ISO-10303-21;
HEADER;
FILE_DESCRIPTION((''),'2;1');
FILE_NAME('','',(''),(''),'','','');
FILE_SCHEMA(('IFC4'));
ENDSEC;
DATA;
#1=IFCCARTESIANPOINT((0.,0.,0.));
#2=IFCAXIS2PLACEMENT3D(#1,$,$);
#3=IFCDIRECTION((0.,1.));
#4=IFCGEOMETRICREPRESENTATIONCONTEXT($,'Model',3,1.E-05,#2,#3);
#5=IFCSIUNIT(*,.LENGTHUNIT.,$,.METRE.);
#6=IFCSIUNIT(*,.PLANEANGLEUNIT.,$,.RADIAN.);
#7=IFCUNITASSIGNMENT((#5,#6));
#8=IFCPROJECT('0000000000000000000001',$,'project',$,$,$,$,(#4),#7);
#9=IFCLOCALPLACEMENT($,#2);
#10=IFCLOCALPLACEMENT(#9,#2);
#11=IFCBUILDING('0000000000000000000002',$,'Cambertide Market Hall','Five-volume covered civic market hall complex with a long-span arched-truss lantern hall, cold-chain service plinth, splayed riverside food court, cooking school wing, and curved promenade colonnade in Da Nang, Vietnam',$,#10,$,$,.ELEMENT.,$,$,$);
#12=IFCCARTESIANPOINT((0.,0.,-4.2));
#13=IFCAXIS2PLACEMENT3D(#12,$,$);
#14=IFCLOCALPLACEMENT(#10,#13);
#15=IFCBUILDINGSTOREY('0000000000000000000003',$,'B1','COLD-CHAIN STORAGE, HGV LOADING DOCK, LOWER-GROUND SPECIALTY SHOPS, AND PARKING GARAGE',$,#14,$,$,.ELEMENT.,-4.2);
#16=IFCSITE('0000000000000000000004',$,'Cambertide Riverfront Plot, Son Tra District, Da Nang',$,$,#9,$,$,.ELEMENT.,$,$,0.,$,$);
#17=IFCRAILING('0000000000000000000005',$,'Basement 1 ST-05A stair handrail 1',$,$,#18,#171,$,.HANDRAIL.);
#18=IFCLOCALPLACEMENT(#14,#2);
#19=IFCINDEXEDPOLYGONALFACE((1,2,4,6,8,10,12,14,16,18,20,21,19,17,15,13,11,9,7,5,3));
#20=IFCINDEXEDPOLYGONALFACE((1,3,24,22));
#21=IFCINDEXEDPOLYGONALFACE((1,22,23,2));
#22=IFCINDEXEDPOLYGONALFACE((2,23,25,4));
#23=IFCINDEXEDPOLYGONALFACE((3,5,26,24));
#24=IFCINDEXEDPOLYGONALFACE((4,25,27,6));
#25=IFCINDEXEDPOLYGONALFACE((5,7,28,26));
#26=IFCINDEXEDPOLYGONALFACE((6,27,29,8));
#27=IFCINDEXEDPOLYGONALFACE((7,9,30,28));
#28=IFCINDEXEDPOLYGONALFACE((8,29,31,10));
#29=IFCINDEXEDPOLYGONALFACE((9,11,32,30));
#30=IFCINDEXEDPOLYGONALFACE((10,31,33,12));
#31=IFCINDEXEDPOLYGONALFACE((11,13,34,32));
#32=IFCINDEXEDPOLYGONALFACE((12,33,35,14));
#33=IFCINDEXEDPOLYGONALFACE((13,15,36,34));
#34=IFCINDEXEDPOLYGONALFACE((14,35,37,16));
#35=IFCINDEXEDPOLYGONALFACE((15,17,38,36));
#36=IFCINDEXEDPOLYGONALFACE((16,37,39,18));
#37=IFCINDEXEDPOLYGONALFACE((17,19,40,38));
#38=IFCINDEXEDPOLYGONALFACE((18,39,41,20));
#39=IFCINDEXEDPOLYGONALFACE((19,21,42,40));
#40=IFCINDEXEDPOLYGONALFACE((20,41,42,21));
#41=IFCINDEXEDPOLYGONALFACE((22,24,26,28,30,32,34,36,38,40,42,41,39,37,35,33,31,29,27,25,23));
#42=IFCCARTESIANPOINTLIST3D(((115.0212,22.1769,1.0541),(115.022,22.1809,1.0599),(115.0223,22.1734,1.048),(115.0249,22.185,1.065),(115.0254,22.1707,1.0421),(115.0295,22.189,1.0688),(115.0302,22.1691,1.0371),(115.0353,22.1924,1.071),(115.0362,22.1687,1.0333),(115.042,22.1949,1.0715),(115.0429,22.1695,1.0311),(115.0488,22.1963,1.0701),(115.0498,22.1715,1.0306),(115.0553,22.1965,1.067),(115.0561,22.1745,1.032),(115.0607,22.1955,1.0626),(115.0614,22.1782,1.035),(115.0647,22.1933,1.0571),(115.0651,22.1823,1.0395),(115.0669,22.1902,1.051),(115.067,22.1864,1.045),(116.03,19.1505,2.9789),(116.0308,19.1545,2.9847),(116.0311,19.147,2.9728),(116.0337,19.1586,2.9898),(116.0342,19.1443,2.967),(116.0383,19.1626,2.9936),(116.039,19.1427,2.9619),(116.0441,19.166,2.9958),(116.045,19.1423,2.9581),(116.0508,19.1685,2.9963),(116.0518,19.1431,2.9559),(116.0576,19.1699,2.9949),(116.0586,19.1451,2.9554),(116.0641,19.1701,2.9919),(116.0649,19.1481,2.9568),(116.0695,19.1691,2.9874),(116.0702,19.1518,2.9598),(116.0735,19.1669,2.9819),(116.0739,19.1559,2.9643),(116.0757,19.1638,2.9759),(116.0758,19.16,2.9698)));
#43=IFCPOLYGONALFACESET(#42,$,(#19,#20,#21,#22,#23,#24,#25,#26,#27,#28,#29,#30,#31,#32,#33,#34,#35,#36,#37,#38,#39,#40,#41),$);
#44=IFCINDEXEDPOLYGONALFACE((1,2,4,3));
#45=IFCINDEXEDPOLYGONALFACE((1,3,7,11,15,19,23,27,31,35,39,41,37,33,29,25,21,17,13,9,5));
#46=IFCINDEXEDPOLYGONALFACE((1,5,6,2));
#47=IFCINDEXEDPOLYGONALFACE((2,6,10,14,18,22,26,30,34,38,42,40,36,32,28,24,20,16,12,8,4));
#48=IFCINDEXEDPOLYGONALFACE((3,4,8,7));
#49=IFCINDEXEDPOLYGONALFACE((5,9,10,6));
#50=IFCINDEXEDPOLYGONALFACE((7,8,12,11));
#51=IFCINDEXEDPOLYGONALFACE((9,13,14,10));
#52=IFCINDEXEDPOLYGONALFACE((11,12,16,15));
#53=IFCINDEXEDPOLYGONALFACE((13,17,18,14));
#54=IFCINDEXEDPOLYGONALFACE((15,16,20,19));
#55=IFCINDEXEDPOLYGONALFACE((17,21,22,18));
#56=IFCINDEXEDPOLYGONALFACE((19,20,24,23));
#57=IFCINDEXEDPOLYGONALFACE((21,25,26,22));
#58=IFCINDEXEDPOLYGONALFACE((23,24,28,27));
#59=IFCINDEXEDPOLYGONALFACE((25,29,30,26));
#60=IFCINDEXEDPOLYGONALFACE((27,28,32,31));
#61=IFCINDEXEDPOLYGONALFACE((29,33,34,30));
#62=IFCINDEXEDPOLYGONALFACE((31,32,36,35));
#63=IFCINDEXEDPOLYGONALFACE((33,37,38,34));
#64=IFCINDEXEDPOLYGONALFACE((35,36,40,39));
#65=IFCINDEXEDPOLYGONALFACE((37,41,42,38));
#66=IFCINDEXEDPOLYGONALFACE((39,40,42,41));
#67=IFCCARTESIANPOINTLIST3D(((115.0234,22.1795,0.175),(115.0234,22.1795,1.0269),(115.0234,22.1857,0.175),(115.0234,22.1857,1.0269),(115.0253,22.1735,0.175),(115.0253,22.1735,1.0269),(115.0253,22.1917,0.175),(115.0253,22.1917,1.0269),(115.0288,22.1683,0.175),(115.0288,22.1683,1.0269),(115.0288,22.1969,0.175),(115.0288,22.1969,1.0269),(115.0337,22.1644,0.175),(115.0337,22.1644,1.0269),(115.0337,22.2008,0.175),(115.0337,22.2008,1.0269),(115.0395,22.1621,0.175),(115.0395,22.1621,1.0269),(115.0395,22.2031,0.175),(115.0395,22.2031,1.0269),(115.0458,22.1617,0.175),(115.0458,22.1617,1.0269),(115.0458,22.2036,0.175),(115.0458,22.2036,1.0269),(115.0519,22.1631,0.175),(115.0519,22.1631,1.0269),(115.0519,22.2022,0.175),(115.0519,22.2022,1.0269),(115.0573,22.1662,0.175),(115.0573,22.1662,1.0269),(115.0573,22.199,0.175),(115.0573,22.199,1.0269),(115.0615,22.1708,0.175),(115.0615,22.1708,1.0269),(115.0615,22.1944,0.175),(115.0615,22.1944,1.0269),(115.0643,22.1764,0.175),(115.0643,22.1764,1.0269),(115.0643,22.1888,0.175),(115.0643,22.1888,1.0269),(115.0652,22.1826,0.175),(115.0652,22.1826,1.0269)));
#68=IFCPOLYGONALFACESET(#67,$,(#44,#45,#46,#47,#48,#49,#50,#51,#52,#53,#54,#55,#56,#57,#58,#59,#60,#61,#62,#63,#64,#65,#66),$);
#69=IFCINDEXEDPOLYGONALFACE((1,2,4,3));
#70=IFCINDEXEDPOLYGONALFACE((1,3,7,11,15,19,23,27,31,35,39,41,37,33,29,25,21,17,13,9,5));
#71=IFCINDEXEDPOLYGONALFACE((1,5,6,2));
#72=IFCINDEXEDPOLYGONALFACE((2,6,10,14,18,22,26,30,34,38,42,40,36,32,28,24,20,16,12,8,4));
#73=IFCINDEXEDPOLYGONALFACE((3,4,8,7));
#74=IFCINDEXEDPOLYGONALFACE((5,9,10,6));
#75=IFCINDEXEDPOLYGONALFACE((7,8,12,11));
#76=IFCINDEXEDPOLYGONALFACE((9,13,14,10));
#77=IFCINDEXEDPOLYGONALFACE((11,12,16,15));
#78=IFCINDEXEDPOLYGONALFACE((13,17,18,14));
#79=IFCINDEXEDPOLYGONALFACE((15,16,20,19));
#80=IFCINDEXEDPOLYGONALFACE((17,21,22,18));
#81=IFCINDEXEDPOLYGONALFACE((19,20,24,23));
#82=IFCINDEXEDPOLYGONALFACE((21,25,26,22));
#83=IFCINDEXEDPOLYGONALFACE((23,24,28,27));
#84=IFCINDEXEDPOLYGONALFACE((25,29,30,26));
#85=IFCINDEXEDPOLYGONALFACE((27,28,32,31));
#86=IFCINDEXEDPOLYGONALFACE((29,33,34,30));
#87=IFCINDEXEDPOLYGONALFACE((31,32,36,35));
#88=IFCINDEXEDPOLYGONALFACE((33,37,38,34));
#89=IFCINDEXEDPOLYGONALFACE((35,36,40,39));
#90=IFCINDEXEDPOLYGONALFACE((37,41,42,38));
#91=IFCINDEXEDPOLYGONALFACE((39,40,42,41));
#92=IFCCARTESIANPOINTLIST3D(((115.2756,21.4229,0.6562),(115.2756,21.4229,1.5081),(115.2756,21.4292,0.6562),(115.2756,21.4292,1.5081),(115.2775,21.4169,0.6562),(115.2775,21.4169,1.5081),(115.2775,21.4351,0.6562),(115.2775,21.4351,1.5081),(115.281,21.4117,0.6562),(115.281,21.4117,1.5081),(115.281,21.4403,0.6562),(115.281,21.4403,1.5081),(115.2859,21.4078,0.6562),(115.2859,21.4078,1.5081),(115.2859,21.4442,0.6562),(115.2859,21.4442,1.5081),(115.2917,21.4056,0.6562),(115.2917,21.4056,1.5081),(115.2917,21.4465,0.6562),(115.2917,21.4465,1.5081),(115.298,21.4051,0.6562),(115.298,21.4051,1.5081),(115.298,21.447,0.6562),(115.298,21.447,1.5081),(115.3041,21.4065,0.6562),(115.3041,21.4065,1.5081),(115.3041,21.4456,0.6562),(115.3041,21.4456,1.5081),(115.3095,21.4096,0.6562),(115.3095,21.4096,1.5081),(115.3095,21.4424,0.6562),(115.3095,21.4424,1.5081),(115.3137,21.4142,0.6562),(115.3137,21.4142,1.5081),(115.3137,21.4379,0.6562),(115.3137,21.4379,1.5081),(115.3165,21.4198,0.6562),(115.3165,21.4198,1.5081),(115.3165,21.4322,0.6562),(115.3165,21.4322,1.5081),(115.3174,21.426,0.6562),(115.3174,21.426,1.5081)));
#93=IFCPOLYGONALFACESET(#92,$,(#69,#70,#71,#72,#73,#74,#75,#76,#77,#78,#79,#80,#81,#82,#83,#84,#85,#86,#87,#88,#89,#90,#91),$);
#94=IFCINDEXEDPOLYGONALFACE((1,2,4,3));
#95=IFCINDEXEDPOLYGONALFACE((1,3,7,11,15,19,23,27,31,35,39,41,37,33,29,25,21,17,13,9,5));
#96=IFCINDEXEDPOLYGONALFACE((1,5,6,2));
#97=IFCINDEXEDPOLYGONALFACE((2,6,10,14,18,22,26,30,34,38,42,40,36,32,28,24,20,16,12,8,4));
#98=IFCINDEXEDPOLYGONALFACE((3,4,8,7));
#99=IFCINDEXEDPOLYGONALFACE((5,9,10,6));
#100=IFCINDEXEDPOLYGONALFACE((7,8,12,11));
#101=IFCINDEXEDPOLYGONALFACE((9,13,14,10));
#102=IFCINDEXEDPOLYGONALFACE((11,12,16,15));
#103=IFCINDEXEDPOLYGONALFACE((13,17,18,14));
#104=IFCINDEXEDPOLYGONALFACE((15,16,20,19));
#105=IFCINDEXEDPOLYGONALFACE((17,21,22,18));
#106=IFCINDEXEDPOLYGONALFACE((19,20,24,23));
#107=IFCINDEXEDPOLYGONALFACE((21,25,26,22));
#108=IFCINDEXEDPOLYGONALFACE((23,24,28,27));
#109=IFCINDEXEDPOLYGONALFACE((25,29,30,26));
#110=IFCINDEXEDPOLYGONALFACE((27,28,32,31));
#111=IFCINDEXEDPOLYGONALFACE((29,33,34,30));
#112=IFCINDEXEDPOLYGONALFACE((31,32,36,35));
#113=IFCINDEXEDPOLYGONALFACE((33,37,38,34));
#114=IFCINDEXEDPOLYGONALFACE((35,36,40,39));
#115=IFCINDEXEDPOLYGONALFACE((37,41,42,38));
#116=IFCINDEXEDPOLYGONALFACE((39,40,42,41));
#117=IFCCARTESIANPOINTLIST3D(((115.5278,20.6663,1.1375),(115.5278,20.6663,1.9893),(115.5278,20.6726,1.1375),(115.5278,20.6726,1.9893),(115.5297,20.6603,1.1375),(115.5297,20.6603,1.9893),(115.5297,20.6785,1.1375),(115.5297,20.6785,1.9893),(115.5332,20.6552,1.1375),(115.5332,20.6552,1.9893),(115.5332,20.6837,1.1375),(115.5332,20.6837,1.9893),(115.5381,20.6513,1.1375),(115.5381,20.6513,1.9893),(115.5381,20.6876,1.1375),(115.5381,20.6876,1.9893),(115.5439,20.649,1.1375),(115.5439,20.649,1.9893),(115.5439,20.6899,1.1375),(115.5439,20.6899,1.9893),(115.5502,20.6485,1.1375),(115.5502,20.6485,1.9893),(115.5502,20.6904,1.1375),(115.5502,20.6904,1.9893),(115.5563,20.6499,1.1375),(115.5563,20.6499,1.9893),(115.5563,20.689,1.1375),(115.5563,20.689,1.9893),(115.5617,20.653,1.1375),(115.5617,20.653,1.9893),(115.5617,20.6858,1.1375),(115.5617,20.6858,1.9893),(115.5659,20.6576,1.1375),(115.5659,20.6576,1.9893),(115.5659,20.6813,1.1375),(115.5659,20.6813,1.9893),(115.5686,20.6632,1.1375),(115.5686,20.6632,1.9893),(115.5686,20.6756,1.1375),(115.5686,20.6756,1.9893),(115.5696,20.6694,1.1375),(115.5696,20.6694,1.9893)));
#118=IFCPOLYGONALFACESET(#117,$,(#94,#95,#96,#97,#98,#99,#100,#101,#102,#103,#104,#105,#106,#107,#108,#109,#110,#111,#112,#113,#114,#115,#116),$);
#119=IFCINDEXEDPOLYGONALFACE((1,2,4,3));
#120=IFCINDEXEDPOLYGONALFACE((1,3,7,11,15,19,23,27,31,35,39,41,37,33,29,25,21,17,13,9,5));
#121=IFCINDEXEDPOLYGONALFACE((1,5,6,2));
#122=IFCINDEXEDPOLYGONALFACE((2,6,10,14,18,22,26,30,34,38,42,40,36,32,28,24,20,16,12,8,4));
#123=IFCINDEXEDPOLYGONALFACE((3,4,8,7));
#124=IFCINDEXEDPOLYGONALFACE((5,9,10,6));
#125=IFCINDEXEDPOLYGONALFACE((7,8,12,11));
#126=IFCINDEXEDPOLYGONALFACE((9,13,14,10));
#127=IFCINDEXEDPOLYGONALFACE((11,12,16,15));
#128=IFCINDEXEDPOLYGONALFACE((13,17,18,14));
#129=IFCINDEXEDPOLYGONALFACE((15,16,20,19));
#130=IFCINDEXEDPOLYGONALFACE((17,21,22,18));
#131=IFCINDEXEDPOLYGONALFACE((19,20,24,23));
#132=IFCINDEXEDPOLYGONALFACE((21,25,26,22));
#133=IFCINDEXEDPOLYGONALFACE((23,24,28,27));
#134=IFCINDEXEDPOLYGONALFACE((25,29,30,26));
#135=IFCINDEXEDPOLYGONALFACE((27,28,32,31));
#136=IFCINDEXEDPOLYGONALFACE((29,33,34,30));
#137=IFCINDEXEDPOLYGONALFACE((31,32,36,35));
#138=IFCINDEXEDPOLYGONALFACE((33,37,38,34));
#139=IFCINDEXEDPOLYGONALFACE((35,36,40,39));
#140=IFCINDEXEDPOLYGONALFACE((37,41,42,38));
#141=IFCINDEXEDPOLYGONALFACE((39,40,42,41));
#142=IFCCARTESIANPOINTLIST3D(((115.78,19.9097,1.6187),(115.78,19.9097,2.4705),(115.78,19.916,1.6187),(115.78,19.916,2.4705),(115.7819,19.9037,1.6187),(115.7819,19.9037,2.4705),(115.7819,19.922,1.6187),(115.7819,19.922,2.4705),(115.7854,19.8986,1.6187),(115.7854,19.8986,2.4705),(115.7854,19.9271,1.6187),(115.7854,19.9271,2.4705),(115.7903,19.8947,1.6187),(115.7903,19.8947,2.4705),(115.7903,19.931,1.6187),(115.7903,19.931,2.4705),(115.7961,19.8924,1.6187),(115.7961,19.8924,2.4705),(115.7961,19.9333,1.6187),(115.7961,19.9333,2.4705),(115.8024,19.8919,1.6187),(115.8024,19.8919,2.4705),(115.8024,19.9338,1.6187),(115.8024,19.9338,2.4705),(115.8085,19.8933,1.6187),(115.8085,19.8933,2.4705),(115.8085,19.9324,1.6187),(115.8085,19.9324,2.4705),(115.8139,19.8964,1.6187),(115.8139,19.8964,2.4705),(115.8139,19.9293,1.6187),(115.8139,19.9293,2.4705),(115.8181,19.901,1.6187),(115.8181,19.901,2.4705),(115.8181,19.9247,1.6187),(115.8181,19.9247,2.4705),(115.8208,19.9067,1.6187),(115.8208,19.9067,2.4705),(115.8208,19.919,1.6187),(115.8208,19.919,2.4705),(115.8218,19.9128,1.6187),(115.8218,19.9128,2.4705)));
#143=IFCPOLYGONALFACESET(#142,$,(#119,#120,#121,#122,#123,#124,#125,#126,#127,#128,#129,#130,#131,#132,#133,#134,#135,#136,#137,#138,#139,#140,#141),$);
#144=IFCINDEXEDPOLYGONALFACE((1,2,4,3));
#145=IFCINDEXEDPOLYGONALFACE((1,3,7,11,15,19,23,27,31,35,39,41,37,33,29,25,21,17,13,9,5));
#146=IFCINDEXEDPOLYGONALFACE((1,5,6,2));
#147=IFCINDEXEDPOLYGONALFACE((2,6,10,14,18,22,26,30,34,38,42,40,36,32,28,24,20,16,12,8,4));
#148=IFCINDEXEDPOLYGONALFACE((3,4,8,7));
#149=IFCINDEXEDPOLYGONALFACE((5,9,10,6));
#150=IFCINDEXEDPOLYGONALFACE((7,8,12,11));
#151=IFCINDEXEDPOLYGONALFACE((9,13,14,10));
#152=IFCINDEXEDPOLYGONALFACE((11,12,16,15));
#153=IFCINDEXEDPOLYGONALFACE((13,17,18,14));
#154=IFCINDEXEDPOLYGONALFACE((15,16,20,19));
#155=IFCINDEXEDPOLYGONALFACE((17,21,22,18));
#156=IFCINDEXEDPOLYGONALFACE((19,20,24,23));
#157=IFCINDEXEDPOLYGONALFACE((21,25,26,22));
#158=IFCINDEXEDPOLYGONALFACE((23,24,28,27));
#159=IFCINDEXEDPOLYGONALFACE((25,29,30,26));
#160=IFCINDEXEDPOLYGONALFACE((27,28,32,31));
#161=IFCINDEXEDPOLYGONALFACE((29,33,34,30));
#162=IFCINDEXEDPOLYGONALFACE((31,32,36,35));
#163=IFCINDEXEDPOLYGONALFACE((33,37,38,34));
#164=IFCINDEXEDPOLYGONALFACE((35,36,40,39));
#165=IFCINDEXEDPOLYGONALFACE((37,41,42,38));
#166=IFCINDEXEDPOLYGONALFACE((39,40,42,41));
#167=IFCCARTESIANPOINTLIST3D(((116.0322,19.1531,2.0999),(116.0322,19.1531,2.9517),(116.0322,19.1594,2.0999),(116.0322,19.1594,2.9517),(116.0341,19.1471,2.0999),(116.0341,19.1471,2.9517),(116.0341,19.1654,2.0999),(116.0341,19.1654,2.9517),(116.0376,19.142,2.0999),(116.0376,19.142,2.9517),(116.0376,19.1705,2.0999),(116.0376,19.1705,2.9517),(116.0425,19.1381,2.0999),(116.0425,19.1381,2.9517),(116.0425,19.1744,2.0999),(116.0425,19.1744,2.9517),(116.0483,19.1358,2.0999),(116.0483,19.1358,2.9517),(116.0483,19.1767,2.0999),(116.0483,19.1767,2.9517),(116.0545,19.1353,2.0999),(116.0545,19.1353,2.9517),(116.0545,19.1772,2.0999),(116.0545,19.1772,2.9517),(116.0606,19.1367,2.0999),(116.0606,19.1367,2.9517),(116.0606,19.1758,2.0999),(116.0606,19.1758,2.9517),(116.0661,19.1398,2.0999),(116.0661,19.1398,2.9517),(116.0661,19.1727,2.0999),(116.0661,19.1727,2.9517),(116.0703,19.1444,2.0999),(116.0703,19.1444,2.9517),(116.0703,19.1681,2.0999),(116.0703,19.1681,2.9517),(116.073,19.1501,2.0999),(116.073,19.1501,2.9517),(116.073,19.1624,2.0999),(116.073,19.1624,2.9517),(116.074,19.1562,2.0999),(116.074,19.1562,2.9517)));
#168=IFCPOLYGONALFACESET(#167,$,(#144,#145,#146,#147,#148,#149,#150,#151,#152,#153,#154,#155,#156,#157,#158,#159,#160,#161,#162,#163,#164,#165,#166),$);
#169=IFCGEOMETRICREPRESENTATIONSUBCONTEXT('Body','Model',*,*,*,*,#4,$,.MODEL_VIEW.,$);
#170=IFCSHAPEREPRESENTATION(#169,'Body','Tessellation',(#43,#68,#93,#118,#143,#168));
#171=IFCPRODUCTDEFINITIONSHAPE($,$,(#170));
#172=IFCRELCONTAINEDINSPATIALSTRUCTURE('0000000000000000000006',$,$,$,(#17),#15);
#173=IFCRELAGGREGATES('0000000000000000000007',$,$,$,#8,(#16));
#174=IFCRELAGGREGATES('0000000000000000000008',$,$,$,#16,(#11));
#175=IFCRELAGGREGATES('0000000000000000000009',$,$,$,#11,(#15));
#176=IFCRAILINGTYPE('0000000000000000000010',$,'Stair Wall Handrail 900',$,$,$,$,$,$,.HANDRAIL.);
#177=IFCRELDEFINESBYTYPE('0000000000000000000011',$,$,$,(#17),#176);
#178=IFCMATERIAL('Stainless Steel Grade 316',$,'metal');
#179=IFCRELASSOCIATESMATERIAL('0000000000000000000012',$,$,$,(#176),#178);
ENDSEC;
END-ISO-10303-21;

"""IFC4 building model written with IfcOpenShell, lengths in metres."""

from ifc_helpers import new_model, si_unit, direction, frame, origin, origin_2d, place, context, subcontext, project, spatial, circle, extrude, material, type_object, element, save


model = new_model("IFC4")

# Units and contexts
model_context = context("Model", 3, precision=1e-05, world=origin(), true_north=direction((0.0, 1.0)))
body_context = subcontext(model_context, "Body", "Model", "MODEL_VIEW")
ifc_project = project(units=[si_unit("LENGTHUNIT", "METRE"), si_unit("PLANEANGLEUNIT", "RADIAN")], contexts=[model_context])

# Site, building, storey
site_placement = place(None, origin())
site = spatial("IfcSite", under=ifc_project, at=site_placement, Name="Cambertide Riverfront Plot, Son Tra District, Da Nang", CompositionType="ELEMENT", RefElevation=0.0)
building_placement = place(site_placement, origin())
building = spatial("IfcBuilding", under=site, at=building_placement, Name="Cambertide Market Hall", Description="Five-volume covered civic market hall complex with a long-span arched-truss lantern hall, cold-chain service plinth, splayed riverside food court, cooking school wing, and curved promenade colonnade in Da Nang, Vietnam", CompositionType="ELEMENT")
storey_placement = place(building_placement, frame((0.0, 0.0, -4.2)))
storey = spatial("IfcBuildingStorey", under=building, at=storey_placement, Name="B1", Description="COLD-CHAIN STORAGE, HGV LOADING DOCK, LOWER-GROUND SPECIALTY SHOPS, AND PARKING GARAGE", CompositionType="ELEMENT", Elevation=-4.2)

# Railing
ifc_material_1 = material(Name="Stainless Steel Grade 316", Category="metal")
railing_type_1 = type_object("IfcRailingType", Name="Stair Wall Handrail 900", PredefinedType="HANDRAIL", material=ifc_material_1)
railing_1_placement = place(storey_placement, frame((115.0442, 22.1826, 0.175)))
element("IfcRailing", 1, at=railing_1_placement, inside=storey, type_object=railing_type_1, Name="Basement 1 ST-05A stair handrail 1", PredefinedType="HANDRAIL", context=body_context, shape_type="SweptSolid", body=[
    extrude(circle(Radius=0.0239, at=origin_2d()), frame((0.0, 0.0, 0.876), z_axis=(0.270759, -0.812278, 0.516618), x_axis=(0.948683, 0.316228, 0.0)), (0.0, 0.0, 1.0), 3.7258),
    extrude(circle(Radius=0.021, at=origin_2d()), origin(), (0.0, 0.0, 1.0), 0.8518),
    extrude(circle(Radius=0.021, at=origin_2d()), frame((0.2522, -0.7566, 0.4812)), (0.0, 0.0, 1.0), 0.8518),
    extrude(circle(Radius=0.021, at=origin_2d()), frame((0.5044, -1.5132, 0.9624)), (0.0, 0.0, 1.0), 0.8518),
    extrude(circle(Radius=0.021, at=origin_2d()), frame((0.7566, -2.2698, 1.4436)), (0.0, 0.0, 1.0), 0.8518),
    extrude(circle(Radius=0.021, at=origin_2d()), frame((1.0088, -3.0264, 1.9248)), (0.0, 0.0, 1.0), 0.8518),
])

save(model, "model.ifc")
